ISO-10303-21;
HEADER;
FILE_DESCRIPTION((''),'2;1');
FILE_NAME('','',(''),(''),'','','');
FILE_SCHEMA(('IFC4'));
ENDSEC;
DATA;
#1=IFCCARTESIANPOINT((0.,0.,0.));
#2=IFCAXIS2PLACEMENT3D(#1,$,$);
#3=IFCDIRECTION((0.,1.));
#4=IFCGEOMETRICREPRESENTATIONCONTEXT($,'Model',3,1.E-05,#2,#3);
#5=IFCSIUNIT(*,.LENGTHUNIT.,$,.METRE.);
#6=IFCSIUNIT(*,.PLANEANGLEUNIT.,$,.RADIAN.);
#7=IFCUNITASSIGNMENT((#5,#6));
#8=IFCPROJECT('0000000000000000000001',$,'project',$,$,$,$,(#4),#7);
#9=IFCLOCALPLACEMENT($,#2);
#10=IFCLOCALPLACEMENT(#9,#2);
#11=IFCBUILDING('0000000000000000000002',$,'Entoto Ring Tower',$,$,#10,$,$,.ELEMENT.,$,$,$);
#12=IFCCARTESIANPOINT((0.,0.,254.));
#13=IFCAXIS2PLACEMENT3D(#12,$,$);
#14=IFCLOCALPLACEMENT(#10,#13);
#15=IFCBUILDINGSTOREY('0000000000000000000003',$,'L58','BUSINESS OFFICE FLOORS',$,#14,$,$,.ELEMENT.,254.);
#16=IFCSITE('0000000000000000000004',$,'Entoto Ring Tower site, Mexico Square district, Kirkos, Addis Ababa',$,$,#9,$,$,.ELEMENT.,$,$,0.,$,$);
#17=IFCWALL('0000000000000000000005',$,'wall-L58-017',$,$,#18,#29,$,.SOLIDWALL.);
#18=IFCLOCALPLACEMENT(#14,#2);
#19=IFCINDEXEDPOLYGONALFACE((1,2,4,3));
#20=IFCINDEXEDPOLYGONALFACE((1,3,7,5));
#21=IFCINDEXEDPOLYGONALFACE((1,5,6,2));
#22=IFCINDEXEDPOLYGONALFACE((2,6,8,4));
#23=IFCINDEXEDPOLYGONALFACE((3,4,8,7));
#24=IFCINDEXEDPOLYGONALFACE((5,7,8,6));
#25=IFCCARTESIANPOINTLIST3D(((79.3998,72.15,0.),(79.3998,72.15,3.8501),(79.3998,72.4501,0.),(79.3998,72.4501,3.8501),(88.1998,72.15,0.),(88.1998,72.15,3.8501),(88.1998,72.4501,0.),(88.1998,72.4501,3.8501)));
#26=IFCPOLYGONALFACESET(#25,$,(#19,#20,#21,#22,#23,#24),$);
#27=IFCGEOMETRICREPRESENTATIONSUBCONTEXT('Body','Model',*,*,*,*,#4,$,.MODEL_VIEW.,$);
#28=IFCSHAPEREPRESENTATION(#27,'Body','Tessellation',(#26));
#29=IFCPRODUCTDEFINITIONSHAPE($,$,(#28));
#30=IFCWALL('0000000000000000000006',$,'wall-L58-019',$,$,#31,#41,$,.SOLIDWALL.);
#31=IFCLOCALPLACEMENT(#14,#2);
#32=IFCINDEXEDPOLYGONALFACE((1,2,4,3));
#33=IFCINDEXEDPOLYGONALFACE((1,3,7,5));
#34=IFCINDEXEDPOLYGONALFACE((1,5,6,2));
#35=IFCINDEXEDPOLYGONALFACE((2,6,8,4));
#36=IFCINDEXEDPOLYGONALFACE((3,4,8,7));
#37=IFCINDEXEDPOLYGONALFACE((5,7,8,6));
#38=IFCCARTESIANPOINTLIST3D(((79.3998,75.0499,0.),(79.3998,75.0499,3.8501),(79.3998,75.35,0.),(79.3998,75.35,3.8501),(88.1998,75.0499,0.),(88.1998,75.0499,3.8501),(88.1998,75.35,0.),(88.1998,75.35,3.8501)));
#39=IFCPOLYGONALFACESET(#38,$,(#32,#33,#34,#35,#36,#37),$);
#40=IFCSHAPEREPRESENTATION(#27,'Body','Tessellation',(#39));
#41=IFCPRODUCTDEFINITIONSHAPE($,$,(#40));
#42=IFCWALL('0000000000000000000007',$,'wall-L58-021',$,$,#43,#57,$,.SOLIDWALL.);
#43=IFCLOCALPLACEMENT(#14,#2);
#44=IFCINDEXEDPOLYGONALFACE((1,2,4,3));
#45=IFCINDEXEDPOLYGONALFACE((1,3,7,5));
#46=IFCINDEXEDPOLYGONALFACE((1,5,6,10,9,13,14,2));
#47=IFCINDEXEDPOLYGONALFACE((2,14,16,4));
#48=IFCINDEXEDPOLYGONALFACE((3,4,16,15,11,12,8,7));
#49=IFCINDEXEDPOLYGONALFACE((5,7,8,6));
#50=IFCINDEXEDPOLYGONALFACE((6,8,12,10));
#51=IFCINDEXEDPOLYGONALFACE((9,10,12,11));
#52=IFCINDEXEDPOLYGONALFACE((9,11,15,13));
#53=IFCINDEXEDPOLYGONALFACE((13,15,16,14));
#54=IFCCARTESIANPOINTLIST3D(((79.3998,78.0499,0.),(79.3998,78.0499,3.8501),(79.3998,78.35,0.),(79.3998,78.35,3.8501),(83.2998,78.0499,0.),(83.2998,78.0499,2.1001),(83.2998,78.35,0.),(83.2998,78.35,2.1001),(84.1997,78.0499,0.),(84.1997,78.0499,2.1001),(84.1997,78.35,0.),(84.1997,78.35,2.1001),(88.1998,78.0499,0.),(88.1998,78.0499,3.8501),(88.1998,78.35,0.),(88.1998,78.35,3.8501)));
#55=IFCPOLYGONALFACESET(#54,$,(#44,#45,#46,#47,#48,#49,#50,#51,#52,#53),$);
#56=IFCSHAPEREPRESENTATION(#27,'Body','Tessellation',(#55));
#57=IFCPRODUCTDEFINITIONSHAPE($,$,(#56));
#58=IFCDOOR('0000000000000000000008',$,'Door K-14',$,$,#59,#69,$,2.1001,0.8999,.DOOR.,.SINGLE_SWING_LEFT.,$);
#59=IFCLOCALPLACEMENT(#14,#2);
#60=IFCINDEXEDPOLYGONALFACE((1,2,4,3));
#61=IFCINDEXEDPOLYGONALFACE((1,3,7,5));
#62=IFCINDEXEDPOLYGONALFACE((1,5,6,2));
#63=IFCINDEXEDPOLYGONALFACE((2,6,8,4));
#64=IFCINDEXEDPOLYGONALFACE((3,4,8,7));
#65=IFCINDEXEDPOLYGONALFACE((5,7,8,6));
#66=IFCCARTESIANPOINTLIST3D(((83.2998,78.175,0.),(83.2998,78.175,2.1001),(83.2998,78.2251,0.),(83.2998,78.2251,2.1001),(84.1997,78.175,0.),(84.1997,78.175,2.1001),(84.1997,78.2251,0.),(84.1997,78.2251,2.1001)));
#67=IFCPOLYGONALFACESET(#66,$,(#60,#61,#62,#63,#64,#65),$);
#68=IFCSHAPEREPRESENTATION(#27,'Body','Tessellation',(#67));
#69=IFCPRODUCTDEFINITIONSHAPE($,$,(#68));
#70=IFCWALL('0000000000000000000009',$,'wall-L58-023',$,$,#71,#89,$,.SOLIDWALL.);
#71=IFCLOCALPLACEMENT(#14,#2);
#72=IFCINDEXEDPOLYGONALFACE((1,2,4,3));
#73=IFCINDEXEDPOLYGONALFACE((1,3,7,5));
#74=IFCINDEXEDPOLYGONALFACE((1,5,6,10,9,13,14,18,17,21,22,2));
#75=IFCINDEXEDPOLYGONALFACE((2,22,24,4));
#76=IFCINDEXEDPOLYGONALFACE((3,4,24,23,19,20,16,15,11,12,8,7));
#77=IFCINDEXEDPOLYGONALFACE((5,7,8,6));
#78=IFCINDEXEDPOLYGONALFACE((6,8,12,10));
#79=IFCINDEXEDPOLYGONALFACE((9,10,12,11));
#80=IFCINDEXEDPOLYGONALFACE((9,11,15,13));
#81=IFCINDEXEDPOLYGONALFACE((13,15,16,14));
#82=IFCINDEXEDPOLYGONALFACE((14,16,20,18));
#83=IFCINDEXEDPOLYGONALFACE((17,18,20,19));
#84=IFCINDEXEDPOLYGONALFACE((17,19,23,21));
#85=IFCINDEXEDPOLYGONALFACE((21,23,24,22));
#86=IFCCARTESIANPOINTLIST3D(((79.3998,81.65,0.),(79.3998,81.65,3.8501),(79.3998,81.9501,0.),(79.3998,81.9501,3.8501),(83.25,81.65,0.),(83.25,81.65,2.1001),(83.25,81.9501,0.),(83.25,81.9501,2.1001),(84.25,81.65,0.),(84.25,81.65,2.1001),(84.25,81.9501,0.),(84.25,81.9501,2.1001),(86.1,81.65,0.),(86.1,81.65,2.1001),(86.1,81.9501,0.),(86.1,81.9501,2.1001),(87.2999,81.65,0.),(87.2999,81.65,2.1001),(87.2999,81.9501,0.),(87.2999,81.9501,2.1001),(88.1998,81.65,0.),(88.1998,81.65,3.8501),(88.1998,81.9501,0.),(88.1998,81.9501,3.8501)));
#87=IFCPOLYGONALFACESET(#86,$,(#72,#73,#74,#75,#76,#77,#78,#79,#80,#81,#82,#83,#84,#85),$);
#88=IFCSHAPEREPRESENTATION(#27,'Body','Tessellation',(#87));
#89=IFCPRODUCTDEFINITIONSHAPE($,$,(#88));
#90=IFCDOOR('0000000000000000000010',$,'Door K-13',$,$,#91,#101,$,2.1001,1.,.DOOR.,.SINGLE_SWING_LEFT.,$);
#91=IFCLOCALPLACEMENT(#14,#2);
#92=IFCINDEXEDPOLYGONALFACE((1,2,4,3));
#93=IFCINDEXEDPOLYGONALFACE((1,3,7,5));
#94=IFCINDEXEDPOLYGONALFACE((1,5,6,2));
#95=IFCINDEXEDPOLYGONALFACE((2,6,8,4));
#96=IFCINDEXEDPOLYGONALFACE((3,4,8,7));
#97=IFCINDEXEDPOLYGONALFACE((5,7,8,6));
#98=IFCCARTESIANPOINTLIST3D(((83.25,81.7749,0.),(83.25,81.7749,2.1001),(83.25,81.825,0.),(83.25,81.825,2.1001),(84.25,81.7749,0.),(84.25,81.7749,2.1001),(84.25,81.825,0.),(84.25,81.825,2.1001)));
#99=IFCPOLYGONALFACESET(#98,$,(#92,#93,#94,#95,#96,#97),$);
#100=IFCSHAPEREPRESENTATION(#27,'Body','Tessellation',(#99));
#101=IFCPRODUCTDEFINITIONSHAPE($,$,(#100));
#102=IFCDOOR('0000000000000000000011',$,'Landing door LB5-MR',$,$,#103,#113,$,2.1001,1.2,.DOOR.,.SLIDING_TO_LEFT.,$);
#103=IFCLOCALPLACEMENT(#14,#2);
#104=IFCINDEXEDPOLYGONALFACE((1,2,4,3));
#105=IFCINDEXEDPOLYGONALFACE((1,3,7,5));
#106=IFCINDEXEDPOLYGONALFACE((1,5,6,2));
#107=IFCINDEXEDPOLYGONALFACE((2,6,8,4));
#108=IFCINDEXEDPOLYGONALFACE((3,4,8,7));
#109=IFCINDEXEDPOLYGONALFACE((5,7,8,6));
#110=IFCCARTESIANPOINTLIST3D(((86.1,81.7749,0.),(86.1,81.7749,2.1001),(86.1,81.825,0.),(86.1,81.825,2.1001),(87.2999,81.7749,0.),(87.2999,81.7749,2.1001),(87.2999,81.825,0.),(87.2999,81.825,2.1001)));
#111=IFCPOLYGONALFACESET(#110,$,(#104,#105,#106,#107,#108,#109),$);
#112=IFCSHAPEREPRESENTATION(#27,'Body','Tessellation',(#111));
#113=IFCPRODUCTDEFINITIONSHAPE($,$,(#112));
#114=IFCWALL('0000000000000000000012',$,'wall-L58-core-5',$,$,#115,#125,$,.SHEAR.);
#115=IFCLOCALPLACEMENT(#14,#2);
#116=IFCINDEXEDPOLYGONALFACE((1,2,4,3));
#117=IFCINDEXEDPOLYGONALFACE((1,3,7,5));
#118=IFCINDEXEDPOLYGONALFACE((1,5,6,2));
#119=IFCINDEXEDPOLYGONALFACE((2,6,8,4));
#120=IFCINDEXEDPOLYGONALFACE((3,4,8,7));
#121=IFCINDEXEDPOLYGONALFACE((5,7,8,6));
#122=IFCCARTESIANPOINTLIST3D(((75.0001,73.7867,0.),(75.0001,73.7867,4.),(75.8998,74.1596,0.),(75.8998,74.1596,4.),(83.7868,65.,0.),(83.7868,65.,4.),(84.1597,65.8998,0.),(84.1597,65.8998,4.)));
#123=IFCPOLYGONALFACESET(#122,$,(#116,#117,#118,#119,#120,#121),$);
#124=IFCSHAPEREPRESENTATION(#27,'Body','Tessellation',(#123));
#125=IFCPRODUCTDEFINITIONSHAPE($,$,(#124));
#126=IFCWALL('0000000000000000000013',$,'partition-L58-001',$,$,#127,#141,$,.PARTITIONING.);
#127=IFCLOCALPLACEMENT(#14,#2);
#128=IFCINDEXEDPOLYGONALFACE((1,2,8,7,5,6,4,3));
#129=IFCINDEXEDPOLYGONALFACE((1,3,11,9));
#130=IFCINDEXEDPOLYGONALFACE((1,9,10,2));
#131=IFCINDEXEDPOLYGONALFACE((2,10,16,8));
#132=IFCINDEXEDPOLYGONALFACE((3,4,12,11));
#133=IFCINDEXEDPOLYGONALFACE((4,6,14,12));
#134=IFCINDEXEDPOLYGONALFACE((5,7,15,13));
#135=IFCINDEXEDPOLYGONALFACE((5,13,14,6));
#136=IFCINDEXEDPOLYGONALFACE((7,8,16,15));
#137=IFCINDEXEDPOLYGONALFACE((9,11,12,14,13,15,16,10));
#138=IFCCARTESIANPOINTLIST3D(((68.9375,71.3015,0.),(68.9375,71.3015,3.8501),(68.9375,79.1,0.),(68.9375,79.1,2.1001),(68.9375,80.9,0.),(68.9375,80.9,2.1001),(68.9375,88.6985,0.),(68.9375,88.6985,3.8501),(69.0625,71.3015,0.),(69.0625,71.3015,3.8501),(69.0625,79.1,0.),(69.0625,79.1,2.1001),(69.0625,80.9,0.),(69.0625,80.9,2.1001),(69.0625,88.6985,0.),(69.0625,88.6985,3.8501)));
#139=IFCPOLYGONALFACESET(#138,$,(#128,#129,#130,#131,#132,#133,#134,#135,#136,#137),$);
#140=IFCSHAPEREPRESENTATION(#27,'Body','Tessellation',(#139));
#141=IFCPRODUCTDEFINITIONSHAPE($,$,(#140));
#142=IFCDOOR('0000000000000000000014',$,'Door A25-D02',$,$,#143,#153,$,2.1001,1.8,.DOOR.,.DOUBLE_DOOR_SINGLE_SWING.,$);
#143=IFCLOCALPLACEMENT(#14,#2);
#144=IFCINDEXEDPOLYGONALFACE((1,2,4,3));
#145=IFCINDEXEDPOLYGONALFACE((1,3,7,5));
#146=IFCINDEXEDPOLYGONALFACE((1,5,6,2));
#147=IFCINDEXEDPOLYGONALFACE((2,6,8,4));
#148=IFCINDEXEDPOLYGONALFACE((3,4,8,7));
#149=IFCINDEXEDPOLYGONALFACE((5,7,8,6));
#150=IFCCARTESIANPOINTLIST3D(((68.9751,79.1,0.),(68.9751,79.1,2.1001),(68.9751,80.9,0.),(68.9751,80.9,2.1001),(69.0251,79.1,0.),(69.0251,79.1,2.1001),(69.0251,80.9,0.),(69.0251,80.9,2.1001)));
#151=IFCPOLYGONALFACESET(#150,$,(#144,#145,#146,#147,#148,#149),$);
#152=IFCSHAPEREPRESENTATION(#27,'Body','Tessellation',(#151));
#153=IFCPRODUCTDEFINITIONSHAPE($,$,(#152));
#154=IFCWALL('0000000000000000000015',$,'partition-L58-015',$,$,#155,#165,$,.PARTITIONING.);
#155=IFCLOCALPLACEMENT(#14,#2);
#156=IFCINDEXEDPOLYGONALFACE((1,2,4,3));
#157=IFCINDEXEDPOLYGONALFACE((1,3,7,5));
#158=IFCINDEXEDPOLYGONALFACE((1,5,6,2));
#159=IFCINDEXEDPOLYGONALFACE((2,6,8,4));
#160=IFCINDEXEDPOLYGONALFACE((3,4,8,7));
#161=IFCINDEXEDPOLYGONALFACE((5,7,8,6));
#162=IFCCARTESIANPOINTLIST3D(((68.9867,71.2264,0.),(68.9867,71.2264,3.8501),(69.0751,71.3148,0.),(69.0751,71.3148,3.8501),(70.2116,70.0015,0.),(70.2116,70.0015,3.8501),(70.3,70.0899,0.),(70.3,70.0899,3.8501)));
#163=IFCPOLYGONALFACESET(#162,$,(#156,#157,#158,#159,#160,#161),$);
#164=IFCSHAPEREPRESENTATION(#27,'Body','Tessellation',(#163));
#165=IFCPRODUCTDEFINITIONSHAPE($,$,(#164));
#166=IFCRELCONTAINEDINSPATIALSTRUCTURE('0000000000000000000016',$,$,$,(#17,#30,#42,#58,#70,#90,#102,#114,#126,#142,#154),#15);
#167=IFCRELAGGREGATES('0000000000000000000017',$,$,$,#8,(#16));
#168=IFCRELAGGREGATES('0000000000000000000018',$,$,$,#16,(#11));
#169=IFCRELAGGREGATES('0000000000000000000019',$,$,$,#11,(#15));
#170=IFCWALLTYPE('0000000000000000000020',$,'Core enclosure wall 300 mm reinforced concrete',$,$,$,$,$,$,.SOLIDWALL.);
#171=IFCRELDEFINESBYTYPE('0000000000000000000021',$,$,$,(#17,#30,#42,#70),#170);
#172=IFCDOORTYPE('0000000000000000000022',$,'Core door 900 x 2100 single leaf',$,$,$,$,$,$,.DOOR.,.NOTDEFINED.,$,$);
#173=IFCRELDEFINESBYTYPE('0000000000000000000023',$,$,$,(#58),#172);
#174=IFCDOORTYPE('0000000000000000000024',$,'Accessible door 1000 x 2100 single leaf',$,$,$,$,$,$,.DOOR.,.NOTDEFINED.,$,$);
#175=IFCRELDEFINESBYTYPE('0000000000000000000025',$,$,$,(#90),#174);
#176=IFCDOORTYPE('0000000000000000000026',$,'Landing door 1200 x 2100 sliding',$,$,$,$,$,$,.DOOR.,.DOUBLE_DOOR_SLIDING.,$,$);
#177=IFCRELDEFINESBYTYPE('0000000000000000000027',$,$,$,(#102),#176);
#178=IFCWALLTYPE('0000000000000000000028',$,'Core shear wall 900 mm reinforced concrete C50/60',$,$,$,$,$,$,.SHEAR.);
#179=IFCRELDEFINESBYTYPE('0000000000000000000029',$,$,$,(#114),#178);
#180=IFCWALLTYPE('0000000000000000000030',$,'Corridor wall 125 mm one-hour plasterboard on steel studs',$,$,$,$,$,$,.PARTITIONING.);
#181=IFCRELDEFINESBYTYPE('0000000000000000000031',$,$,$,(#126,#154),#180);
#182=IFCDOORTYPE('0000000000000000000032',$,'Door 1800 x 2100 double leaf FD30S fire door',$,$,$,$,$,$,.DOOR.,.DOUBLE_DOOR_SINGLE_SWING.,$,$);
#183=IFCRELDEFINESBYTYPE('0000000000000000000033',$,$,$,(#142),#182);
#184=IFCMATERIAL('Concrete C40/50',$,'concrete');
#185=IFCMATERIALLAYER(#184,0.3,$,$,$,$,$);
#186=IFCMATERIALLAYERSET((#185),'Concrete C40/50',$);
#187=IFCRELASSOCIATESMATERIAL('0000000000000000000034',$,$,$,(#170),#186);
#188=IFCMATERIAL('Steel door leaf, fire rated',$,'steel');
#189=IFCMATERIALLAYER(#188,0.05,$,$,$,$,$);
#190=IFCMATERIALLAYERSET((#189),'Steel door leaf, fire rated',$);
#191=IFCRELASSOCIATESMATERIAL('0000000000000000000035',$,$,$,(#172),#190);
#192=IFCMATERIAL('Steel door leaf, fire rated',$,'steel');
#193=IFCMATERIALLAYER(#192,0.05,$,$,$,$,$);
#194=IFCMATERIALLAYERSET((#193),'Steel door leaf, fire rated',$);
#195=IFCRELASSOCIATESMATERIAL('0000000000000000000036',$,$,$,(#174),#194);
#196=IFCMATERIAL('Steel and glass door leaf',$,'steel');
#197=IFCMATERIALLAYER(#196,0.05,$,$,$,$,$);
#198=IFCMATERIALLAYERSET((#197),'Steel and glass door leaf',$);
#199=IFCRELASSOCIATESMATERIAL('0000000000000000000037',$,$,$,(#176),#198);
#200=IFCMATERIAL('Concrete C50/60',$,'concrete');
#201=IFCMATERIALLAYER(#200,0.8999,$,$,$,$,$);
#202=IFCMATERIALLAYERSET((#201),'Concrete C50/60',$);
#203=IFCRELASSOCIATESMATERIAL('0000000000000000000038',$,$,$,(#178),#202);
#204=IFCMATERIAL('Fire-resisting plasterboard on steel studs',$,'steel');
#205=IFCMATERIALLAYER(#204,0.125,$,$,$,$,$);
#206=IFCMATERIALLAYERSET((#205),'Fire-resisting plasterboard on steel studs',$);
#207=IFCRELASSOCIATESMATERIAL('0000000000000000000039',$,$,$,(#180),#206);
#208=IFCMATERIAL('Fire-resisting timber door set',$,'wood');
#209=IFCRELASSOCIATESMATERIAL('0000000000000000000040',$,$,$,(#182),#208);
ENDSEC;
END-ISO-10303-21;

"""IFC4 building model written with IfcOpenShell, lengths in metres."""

from ifc_helpers import new_model, si_unit, direction, frame, frame_2d, origin, place, context, subcontext, project, spatial, polyline, rectangle, outline, extrude, material, layer, layer_set, type_object, element, fill, save


model = new_model("IFC4")

# Units and contexts
model_context = context("Model", 3, precision=1e-05, world=origin(), true_north=direction((0.0, 1.0)))
body_context = subcontext(model_context, "Body", "Model", "MODEL_VIEW")
ifc_project = project(units=[si_unit("LENGTHUNIT", "METRE"), si_unit("PLANEANGLEUNIT", "RADIAN")], contexts=[model_context])

# Site, building, storey
site_placement = place(None, origin())
site = spatial("IfcSite", under=ifc_project, at=site_placement, Name="Entoto Ring Tower site, Mexico Square district, Kirkos, Addis Ababa", CompositionType="ELEMENT", RefElevation=0.0)
building_placement = place(site_placement, origin())
building = spatial("IfcBuilding", under=site, at=building_placement, Name="Entoto Ring Tower", CompositionType="ELEMENT")
storey_placement = place(building_placement, frame((0.0, 0.0, 254.0)))
storey = spatial("IfcBuildingStorey", under=building, at=storey_placement, Name="L58", Description="BUSINESS OFFICE FLOORS", CompositionType="ELEMENT", Elevation=254.0)

# Shared definitions
ifc_material_1 = material(Name="Concrete C40/50", Category="concrete")
ifc_layer_1 = layer(ifc_material_1, 0.3)
ifc_layer_set_1 = layer_set([ifc_layer_1], Name="Concrete C40/50")
wall_type_1 = type_object("IfcWallType", Name="Core enclosure wall 300 mm reinforced concrete", PredefinedType="SOLIDWALL", material=ifc_layer_set_1)

# Walls
for number, where, z_axis, x_axis, name in (
    (1, (79.3999, 72.3, 0.0), (0.0, 0.0, 1.0), (1.0, 0.0, 0.0), "wall-L58-017"),
    (2, (79.3999, 75.2, 0.0), (0.0, 0.0, 1.0), (1.0, 0.0, 0.0), "wall-L58-019"),
):
    element("IfcWall", number, at=place(storey_placement, frame(where, z_axis=z_axis, x_axis=x_axis)), inside=storey, type_object=wall_type_1, Name=name, PredefinedType="SOLIDWALL", context=body_context, shape_type="SweptSolid", body=[
        extrude(rectangle(XDim=8.8, YDim=0.3, at=frame_2d((4.3999, 0.0))), origin(), (0.0, 0.0, 1.0), 3.8501),
    ])

# Wall, opening, door
wall_1_placement = place(storey_placement, frame((79.3999, 78.2, 0.0), z_axis=(0.0, 0.0, 1.0), x_axis=(1.0, 0.0, 0.0)))
wall_1 = element("IfcWall", 3, at=wall_1_placement, inside=storey, type_object=wall_type_1, Name="wall-L58-021", PredefinedType="SOLIDWALL", context=body_context, shape_type="SweptSolid", body=[
    extrude(rectangle(XDim=8.8, YDim=0.3, at=frame_2d((4.3999, 0.0))), origin(), (0.0, 0.0, 1.0), 3.8501),
])
opening_1_placement = place(wall_1_placement, frame((3.8999, 0.0, 0.0)))
opening_1 = element("IfcOpeningElement", 4, at=opening_1_placement, cuts=wall_1, PredefinedType="OPENING", context=body_context, shape_type="SweptSolid", body=[
    extrude(rectangle(XDim=0.8999, YDim=2.1001, at=frame_2d((0.45, 1.05))), frame((0.0, 0.1602, 0.0), z_axis=(0.0, -1.0, 0.0), x_axis=(1.0, 0.0, 0.0)), (0.0, 0.0, 1.0), 0.3201),
])
ifc_material_2 = material(Name="Steel door leaf, fire rated", Category="steel")
ifc_layer_2 = layer(ifc_material_2, 0.05)
ifc_layer_set_2 = layer_set([ifc_layer_2], Name="Steel door leaf, fire rated")
door_type_1 = type_object("IfcDoorType", Name="Core door 900 x 2100 single leaf", OperationType="NOTDEFINED", PredefinedType="DOOR", material=ifc_layer_set_2)
door_1_placement = place(opening_1_placement, frame((0.8999, 0.0, 0.0), z_axis=(0.0, 0.0, 1.0), x_axis=(-1.0, 0.0, 0.0)))
door_1 = element("IfcDoor", 5, at=door_1_placement, inside=storey, type_object=door_type_1, Name="Door K-14", OperationType="SINGLE_SWING_LEFT", OverallHeight=2.1001, OverallWidth=0.8999, PredefinedType="DOOR", context=body_context, shape_type="SweptSolid", body=[
    extrude(rectangle(XDim=0.8999, YDim=2.1001, at=frame_2d((0.45, 1.05))), frame((0.0, 0.0249, 0.0), z_axis=(0.0, -1.0, 0.0), x_axis=(1.0, 0.0, 0.0)), (0.0, 0.0, 1.0), 0.05),
])
fill(opening_1, door_1)

# Wall, openings, doors
wall_2_placement = place(storey_placement, frame((79.3999, 81.8, 0.0), z_axis=(0.0, 0.0, 1.0), x_axis=(1.0, 0.0, 0.0)))
wall_2 = element("IfcWall", 6, at=wall_2_placement, inside=storey, type_object=wall_type_1, Name="wall-L58-023", PredefinedType="SOLIDWALL", context=body_context, shape_type="SweptSolid", body=[
    extrude(rectangle(XDim=8.8, YDim=0.3, at=frame_2d((4.3999, 0.0))), origin(), (0.0, 0.0, 1.0), 3.8501),
])
opening_2_placement = place(wall_2_placement, frame((6.7, 0.0, 0.0)))
opening_2 = element("IfcOpeningElement", 7, at=opening_2_placement, cuts=wall_2, PredefinedType="OPENING", context=body_context, shape_type="SweptSolid", body=[
    extrude(rectangle(XDim=1.2, YDim=2.1001, at=frame_2d((0.6001, 1.05))), frame((0.0, 0.1602, 0.0), z_axis=(0.0, -1.0, 0.0), x_axis=(1.0, 0.0, 0.0)), (0.0, 0.0, 1.0), 0.3201),
])
opening_3_placement = place(wall_2_placement, frame((3.8501, 0.0, 0.0)))
opening_3 = element("IfcOpeningElement", 8, at=opening_3_placement, cuts=wall_2, PredefinedType="OPENING", context=body_context, shape_type="SweptSolid", body=[
    extrude(rectangle(XDim=1.0, YDim=2.1001, at=frame_2d((0.5, 1.05))), frame((0.0, 0.1602, 0.0), z_axis=(0.0, -1.0, 0.0), x_axis=(1.0, 0.0, 0.0)), (0.0, 0.0, 1.0), 0.3201),
])
ifc_material_3 = material(Name="Steel door leaf, fire rated", Category="steel")
ifc_layer_3 = layer(ifc_material_3, 0.05)
ifc_layer_set_3 = layer_set([ifc_layer_3], Name="Steel door leaf, fire rated")
door_type_2 = type_object("IfcDoorType", Name="Accessible door 1000 x 2100 single leaf", OperationType="NOTDEFINED", PredefinedType="DOOR", material=ifc_layer_set_3)
door_2_placement = place(opening_3_placement, origin())
door_2 = element("IfcDoor", 9, at=door_2_placement, inside=storey, type_object=door_type_2, Name="Door K-13", OperationType="SINGLE_SWING_LEFT", OverallHeight=2.1001, OverallWidth=1.0, PredefinedType="DOOR", context=body_context, shape_type="SweptSolid", body=[
    extrude(rectangle(XDim=1.0, YDim=2.1001, at=frame_2d((0.5, 1.05))), frame((0.0, 0.0249, 0.0), z_axis=(0.0, -1.0, 0.0), x_axis=(1.0, 0.0, 0.0)), (0.0, 0.0, 1.0), 0.05),
])
fill(opening_3, door_2)
ifc_material_4 = material(Name="Steel and glass door leaf", Category="steel")
ifc_layer_4 = layer(ifc_material_4, 0.05)
ifc_layer_set_4 = layer_set([ifc_layer_4], Name="Steel and glass door leaf")
door_type_3 = type_object("IfcDoorType", Name="Landing door 1200 x 2100 sliding", OperationType="DOUBLE_DOOR_SLIDING", PredefinedType="DOOR", material=ifc_layer_set_4)
door_3_placement = place(opening_2_placement, origin())
door_3 = element("IfcDoor", 10, at=door_3_placement, inside=storey, type_object=door_type_3, Name="Landing door LB5-MR", OperationType="SLIDING_TO_LEFT", OverallHeight=2.1001, OverallWidth=1.2, PredefinedType="DOOR", context=body_context, shape_type="SweptSolid", body=[
    extrude(rectangle(XDim=1.2, YDim=2.1001, at=frame_2d((0.6001, 1.05))), frame((0.0, 0.0249, 0.0), z_axis=(0.0, -1.0, 0.0), x_axis=(1.0, 0.0, 0.0)), (0.0, 0.0, 1.0), 0.05),
])
fill(opening_2, door_3)

# Wall
ifc_material_5 = material(Name="Concrete C50/60", Category="concrete")
ifc_layer_5 = layer(ifc_material_5, 0.8999)
ifc_layer_set_5 = layer_set([ifc_layer_5], Name="Concrete C50/60")
wall_type_2 = type_object("IfcWallType", Name="Core shear wall 900 mm reinforced concrete C50/60", PredefinedType="SHEAR", material=ifc_layer_set_5)
wall_3_placement = place(storey_placement, frame((75.45, 73.9731, 0.0), z_axis=(0.0, 0.0, 1.0), x_axis=(0.707107, -0.707107, 0.0)))
element("IfcWall", 11, at=wall_3_placement, inside=storey, type_object=wall_type_2, Name="wall-L58-core-5", PredefinedType="SHEAR", context=body_context, shape_type="SweptSolid", body=[
    extrude(outline(polyline([(-0.1863, -0.45), (12.24, -0.45), (11.8674, 0.45), (0.1863, 0.45), (-0.1863, -0.45)])), origin(), (0.0, 0.0, 1.0), 4.0),
])

# Wall, opening, door
ifc_material_6 = material(Name="Fire-resisting plasterboard on steel studs", Category="steel")
ifc_layer_6 = layer(ifc_material_6, 0.125)
ifc_layer_set_6 = layer_set([ifc_layer_6], Name="Fire-resisting plasterboard on steel studs")
wall_type_3 = type_object("IfcWallType", Name="Corridor wall 125 mm one-hour plasterboard on steel studs", PredefinedType="PARTITIONING", material=ifc_layer_set_6)
wall_4_placement = place(storey_placement, frame((69.0, 71.3015, 0.0), z_axis=(0.0, 0.0, 1.0), x_axis=(0.0, 1.0, 0.0)))
wall_4 = element("IfcWall", 12, at=wall_4_placement, inside=storey, type_object=wall_type_3, Name="partition-L58-001", PredefinedType="PARTITIONING", context=body_context, shape_type="SweptSolid", body=[
    extrude(rectangle(XDim=17.397, YDim=0.125, at=frame_2d((8.6985, 0.0))), origin(), (0.0, 0.0, 1.0), 3.8501),
])
opening_4_placement = place(wall_4_placement, frame((7.7986, 0.0, 0.0)))
opening_4 = element("IfcOpeningElement", 13, at=opening_4_placement, cuts=wall_4, PredefinedType="OPENING", context=body_context, shape_type="SweptSolid", body=[
    extrude(rectangle(XDim=1.8, YDim=2.1001, at=frame_2d((0.8999, 1.05))), frame((0.0, 0.0725, 0.0), z_axis=(0.0, -1.0, 0.0), x_axis=(1.0, 0.0, 0.0)), (0.0, 0.0, 1.0), 0.145),
])
ifc_material_7 = material(Name="Fire-resisting timber door set", Category="wood")
door_type_4 = type_object("IfcDoorType", Name="Door 1800 x 2100 double leaf FD30S fire door", OperationType="DOUBLE_DOOR_SINGLE_SWING", PredefinedType="DOOR", material=ifc_material_7)
door_4_placement = place(opening_4_placement, origin())
door_4 = element("IfcDoor", 14, at=door_4_placement, inside=storey, type_object=door_type_4, Name="Door A25-D02", OperationType="DOUBLE_DOOR_SINGLE_SWING", OverallHeight=2.1001, OverallWidth=1.8, PredefinedType="DOOR", context=body_context, shape_type="SweptSolid", body=[
    extrude(rectangle(XDim=1.8, YDim=2.1001, at=frame_2d((0.8999, 1.05))), frame((0.0, 0.0249, 0.0), z_axis=(0.0, -1.0, 0.0), x_axis=(1.0, 0.0, 0.0)), (0.0, 0.0, 1.0), 0.05),
])
fill(opening_4, door_4)

# Wall
wall_5_placement = place(storey_placement, frame((70.2559, 70.0457, 0.0), z_axis=(0.0, 0.0, 1.0), x_axis=(-0.707107, 0.707107, 0.0)))
element("IfcWall", 15, at=wall_5_placement, inside=storey, type_object=wall_type_3, Name="partition-L58-015", PredefinedType="PARTITIONING", context=body_context, shape_type="SweptSolid", body=[
    extrude(rectangle(XDim=1.7322, YDim=0.125, at=frame_2d((0.8662, 0.0))), origin(), (0.0, 0.0, 1.0), 3.8501),
])

save(model, "model.ifc")
